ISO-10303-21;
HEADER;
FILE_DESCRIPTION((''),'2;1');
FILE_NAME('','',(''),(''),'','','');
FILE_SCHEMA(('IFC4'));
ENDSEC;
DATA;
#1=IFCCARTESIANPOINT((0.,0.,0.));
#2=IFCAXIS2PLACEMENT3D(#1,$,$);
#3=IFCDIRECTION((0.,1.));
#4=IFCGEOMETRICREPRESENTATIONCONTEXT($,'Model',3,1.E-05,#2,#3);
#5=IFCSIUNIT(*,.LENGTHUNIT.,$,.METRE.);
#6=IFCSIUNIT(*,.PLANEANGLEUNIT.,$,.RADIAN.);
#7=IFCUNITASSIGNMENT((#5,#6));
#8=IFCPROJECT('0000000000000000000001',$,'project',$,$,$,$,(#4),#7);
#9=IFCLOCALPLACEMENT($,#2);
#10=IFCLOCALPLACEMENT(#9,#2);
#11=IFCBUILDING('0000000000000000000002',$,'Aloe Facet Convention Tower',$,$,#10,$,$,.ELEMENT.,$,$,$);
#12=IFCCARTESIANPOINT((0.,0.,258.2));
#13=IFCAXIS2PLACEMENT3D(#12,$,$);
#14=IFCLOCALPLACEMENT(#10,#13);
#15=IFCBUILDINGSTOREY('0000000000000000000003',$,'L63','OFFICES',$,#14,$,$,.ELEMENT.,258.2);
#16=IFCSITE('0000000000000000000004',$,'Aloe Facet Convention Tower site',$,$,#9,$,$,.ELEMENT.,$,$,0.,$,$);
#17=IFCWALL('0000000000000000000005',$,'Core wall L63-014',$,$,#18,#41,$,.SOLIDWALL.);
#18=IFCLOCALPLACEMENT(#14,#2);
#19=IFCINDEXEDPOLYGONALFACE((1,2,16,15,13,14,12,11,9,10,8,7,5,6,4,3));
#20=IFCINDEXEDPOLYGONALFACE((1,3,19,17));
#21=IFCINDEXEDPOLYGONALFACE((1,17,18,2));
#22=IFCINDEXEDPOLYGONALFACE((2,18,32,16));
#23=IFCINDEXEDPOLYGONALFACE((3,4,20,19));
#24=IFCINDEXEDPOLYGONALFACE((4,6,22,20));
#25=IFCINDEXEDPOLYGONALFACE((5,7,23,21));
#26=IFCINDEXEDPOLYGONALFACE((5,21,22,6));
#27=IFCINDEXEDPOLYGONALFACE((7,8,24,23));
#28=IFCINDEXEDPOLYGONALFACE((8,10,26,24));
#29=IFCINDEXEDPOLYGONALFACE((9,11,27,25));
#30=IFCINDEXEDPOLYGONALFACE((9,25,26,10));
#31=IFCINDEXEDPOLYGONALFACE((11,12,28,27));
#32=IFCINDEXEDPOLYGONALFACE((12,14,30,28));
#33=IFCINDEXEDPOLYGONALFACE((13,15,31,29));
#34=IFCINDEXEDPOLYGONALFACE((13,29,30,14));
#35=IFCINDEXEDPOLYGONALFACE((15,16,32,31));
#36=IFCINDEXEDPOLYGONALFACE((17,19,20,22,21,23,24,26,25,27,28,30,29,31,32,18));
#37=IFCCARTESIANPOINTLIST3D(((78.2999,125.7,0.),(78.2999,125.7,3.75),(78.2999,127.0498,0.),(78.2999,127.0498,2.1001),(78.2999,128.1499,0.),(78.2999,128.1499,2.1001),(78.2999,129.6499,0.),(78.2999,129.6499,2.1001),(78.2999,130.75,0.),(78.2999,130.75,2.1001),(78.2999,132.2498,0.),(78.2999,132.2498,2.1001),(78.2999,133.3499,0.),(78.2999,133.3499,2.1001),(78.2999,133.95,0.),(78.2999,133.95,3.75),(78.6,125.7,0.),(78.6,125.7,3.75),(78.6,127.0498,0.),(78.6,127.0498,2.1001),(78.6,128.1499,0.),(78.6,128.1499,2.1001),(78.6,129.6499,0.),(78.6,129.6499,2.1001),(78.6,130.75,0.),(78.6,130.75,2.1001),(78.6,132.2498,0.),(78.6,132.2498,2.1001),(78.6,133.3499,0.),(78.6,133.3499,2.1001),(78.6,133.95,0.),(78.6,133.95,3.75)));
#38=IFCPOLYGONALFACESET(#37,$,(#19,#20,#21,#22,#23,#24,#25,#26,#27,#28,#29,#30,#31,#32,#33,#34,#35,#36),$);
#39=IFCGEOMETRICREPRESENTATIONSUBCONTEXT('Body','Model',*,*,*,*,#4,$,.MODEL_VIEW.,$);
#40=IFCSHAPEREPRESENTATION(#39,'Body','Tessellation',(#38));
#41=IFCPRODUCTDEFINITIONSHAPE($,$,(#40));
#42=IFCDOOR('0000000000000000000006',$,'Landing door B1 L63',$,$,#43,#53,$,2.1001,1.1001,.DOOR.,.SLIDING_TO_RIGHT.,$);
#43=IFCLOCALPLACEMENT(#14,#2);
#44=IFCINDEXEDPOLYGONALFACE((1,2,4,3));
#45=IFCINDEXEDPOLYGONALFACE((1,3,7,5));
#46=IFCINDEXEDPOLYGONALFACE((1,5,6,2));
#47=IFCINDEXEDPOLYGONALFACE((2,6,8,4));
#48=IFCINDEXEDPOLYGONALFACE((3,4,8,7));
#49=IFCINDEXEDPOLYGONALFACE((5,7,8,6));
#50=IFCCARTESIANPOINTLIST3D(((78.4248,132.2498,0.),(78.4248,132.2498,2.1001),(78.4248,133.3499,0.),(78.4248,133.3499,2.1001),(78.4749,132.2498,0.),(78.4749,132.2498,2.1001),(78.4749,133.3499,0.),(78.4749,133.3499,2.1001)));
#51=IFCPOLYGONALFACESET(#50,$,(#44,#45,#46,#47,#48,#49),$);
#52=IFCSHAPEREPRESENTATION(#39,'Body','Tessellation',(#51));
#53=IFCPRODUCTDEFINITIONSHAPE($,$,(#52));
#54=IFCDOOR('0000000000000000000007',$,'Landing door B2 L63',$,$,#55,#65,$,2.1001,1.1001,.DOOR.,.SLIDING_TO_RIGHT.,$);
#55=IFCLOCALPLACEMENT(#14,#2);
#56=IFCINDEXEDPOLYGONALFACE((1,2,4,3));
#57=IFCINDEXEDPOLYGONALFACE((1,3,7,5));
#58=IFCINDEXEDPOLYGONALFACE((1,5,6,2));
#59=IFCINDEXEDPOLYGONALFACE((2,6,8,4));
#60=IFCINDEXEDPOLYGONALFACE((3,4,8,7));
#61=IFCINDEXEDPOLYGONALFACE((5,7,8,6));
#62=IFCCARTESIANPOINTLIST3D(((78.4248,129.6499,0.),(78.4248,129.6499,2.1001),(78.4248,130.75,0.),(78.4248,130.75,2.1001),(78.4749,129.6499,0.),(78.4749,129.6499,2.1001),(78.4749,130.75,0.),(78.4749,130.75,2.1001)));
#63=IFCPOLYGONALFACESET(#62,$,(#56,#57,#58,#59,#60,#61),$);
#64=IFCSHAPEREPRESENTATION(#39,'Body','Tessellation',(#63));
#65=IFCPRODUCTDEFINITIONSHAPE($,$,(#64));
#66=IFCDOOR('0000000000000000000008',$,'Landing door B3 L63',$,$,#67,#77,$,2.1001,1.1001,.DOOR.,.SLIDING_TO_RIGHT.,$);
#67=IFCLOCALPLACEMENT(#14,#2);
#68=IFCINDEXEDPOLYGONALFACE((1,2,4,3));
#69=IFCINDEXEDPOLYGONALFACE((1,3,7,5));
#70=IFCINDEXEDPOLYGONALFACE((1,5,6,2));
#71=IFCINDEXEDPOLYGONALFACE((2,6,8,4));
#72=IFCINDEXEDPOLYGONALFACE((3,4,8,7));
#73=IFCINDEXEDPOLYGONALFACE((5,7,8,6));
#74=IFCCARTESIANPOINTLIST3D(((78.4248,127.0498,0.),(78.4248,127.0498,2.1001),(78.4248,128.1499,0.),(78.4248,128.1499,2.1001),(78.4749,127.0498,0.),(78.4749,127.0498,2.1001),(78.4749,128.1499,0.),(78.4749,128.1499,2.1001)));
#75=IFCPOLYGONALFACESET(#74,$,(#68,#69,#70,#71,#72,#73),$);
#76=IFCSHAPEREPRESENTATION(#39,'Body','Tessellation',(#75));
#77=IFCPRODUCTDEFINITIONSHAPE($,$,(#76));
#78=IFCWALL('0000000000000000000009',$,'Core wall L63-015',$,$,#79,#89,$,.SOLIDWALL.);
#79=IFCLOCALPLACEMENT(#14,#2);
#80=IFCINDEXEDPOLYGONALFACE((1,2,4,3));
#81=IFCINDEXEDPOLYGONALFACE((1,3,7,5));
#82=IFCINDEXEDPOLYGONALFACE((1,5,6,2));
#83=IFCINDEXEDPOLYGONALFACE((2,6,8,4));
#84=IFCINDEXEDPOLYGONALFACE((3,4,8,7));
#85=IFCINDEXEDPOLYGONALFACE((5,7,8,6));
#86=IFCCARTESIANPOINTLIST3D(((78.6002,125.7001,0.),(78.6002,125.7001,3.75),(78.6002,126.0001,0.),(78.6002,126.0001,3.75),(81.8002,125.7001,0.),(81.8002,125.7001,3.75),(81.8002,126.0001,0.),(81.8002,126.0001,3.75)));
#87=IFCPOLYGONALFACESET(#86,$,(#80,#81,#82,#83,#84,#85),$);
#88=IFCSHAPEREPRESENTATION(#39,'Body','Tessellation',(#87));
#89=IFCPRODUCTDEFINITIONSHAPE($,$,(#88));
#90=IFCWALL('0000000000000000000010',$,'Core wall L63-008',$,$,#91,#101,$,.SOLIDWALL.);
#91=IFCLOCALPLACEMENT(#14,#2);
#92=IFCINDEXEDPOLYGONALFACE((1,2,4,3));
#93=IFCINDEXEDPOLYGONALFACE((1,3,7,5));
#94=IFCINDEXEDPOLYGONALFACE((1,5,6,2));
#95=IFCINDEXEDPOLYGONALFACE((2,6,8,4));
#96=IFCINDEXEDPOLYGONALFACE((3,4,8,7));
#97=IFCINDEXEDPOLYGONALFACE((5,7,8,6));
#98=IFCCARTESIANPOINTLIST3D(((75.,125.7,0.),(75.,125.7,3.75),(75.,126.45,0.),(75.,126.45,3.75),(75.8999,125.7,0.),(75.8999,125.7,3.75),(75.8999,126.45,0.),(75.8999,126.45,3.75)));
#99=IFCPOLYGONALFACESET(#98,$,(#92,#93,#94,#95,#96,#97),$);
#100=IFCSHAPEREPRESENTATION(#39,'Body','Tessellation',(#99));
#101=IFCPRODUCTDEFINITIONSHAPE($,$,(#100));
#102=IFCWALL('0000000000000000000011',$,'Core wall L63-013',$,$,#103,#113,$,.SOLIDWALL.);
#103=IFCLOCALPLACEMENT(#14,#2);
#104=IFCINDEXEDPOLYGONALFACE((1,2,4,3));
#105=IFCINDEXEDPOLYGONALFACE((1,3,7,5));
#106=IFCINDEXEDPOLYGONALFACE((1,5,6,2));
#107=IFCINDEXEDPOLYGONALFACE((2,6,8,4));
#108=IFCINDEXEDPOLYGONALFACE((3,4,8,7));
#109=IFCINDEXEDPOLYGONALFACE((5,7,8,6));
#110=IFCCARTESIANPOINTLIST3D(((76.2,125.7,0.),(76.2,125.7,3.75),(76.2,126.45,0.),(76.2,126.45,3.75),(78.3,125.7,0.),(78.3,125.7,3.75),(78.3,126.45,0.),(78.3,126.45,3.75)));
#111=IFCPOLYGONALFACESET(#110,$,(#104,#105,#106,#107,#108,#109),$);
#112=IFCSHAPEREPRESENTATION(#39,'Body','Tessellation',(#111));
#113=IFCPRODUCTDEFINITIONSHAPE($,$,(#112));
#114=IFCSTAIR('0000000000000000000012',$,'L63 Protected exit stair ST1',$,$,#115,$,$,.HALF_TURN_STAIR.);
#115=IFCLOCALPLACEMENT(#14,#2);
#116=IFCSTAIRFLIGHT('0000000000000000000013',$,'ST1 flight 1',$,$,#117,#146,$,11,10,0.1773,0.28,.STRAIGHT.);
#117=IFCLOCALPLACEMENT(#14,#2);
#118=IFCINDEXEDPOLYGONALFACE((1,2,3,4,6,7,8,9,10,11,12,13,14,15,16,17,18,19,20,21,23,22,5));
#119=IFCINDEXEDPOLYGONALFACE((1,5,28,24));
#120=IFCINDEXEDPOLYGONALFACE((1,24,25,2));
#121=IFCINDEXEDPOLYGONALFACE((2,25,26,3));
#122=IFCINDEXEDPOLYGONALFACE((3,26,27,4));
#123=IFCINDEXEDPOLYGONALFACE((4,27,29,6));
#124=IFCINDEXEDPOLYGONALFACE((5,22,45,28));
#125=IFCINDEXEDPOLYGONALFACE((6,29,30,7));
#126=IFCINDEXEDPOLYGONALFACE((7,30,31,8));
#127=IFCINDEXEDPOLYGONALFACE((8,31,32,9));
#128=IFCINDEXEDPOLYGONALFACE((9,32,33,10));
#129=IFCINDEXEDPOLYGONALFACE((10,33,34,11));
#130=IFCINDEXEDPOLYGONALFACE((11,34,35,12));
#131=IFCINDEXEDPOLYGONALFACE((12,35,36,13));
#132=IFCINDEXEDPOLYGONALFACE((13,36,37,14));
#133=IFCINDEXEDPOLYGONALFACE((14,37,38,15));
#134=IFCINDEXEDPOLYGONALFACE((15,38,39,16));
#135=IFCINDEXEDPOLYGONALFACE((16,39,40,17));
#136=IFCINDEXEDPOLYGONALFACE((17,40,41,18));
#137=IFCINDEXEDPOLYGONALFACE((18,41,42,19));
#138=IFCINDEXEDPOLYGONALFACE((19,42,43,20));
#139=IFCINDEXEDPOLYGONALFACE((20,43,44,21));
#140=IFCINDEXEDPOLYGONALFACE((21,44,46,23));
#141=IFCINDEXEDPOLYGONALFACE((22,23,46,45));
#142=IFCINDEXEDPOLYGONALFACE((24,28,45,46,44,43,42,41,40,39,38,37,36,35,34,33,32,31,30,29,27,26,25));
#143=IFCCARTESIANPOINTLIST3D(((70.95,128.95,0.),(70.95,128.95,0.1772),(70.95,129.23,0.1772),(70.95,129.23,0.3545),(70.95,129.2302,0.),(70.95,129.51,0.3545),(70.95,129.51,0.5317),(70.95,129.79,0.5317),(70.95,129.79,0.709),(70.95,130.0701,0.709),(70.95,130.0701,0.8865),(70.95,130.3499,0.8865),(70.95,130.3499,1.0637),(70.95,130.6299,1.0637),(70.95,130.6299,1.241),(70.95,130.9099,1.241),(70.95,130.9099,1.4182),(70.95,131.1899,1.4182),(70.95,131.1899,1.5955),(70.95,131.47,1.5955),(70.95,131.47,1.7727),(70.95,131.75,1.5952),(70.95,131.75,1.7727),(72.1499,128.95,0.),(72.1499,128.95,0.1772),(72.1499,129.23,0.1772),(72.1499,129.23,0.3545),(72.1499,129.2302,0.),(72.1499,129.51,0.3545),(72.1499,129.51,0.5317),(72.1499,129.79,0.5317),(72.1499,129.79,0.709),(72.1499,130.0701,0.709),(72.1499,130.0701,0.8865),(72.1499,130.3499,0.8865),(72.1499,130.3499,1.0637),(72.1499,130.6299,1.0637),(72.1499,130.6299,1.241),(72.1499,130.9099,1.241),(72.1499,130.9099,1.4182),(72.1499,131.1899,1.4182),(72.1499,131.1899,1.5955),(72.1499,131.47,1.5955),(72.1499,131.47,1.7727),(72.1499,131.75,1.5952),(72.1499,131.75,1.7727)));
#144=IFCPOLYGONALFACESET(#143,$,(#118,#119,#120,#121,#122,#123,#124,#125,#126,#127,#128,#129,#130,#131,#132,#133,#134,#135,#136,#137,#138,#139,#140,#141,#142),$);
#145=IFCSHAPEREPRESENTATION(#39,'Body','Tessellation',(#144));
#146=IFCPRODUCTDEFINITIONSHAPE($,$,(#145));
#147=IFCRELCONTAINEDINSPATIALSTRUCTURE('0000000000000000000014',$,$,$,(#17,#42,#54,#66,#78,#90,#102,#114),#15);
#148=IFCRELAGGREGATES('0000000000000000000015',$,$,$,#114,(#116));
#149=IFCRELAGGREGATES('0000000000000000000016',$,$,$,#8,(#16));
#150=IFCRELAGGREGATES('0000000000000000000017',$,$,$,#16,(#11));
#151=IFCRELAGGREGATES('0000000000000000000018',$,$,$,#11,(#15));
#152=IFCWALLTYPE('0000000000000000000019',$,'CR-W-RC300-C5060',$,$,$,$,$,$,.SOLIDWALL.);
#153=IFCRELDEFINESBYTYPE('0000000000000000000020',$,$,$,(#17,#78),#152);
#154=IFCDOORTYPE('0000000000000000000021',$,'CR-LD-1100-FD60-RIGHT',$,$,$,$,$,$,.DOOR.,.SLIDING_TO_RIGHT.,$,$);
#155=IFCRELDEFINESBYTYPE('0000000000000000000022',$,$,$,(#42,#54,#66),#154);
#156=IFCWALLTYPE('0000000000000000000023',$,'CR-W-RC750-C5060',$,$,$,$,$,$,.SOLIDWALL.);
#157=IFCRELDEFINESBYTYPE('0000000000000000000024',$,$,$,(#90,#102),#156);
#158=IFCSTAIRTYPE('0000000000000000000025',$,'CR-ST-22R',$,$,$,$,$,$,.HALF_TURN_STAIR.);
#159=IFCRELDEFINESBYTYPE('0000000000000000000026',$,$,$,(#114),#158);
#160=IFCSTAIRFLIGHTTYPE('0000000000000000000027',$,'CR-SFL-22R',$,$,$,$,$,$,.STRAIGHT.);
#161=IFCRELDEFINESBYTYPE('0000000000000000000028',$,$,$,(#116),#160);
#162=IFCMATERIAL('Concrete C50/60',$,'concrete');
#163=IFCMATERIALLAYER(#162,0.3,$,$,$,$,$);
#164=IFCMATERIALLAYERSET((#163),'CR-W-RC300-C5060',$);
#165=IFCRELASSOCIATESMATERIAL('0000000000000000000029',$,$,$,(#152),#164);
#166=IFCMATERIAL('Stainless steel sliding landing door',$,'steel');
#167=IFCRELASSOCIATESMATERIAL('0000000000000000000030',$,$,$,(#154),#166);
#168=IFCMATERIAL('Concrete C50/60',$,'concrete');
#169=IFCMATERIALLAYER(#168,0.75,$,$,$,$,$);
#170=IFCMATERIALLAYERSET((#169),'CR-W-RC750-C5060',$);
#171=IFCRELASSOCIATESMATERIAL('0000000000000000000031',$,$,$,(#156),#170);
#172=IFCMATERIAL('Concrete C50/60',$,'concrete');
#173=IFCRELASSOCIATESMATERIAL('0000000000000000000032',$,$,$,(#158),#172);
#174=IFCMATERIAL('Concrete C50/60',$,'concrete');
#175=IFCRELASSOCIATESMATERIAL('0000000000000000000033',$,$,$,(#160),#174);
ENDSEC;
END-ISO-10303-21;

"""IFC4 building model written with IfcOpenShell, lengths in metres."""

from ifc_helpers import new_model, si_unit, direction, frame, frame_2d, origin, place, context, subcontext, project, spatial, polyline, rectangle, outline, extrude, material, layer, layer_set, type_object, element, fill, aggregate, save


model = new_model("IFC4")

# Units and contexts
model_context = context("Model", 3, precision=1e-05, world=origin(), true_north=direction((0.0, 1.0)))
body_context = subcontext(model_context, "Body", "Model", "MODEL_VIEW")
ifc_project = project(units=[si_unit("LENGTHUNIT", "METRE"), si_unit("PLANEANGLEUNIT", "RADIAN")], contexts=[model_context])

# Site, building, storey
site_placement = place(None, origin())
site = spatial("IfcSite", under=ifc_project, at=site_placement, Name="Aloe Facet Convention Tower site", CompositionType="ELEMENT", RefElevation=0.0)
building_placement = place(site_placement, origin())
building = spatial("IfcBuilding", under=site, at=building_placement, Name="Aloe Facet Convention Tower", CompositionType="ELEMENT")
storey_placement = place(building_placement, frame((0.0, 0.0, 258.2)))
storey = spatial("IfcBuildingStorey", under=building, at=storey_placement, Name="L63", Description="OFFICES", CompositionType="ELEMENT", Elevation=258.2)

# Shared definitions
ifc_material_1 = material(Name="Concrete C50/60", Category="concrete")
ifc_layer_1 = layer(ifc_material_1, 0.3)
ifc_layer_set_1 = layer_set([ifc_layer_1], Name="CR-W-RC300-C5060")
wall_type_1 = type_object("IfcWallType", Name="CR-W-RC300-C5060", PredefinedType="SOLIDWALL", material=ifc_layer_set_1)

# Wall, openings, doors
wall_1_placement = place(storey_placement, frame((78.45, 133.95, 0.0), z_axis=(0.0, 0.0, 1.0), x_axis=(0.0, -1.0, 0.0)))
wall_1 = element("IfcWall", 1, at=wall_1_placement, inside=storey, type_object=wall_type_1, Name="Core wall L63-014", PredefinedType="SOLIDWALL", context=body_context, shape_type="SweptSolid", body=[
    extrude(rectangle(XDim=8.25, YDim=0.3, at=frame_2d((4.125, 0.0))), origin(), (0.0, 0.0, 1.0), 3.75),
])
opening_1_placement = place(wall_1_placement, frame((0.6001, 0.0, 0.0)))
opening_1 = element("IfcOpeningElement", 2, at=opening_1_placement, cuts=wall_1, PredefinedType="OPENING", context=body_context, shape_type="SweptSolid", body=[
    extrude(rectangle(XDim=1.1001, YDim=2.1001, at=frame_2d((0.55, 1.05))), frame((0.0, 0.1602, 0.0), z_axis=(0.0, -1.0, 0.0), x_axis=(1.0, 0.0, 0.0)), (0.0, 0.0, 1.0), 0.3201),
])
opening_2_placement = place(wall_1_placement, frame((3.2, 0.0, 0.0)))
opening_2 = element("IfcOpeningElement", 3, at=opening_2_placement, cuts=wall_1, PredefinedType="OPENING", context=body_context, shape_type="SweptSolid", body=[
    extrude(rectangle(XDim=1.1001, YDim=2.1001, at=frame_2d((0.55, 1.05))), frame((0.0, 0.1602, 0.0), z_axis=(0.0, -1.0, 0.0), x_axis=(1.0, 0.0, 0.0)), (0.0, 0.0, 1.0), 0.3201),
])
opening_3_placement = place(wall_1_placement, frame((5.8, 0.0, 0.0)))
opening_3 = element("IfcOpeningElement", 4, at=opening_3_placement, cuts=wall_1, PredefinedType="OPENING", context=body_context, shape_type="SweptSolid", body=[
    extrude(rectangle(XDim=1.1001, YDim=2.1001, at=frame_2d((0.55, 1.05))), frame((0.0, 0.1602, 0.0), z_axis=(0.0, -1.0, 0.0), x_axis=(1.0, 0.0, 0.0)), (0.0, 0.0, 1.0), 0.3201),
])
ifc_material_2 = material(Name="Stainless steel sliding landing door", Category="steel")
door_type_1 = type_object("IfcDoorType", Name="CR-LD-1100-FD60-RIGHT", OperationType="SLIDING_TO_RIGHT", PredefinedType="DOOR", material=ifc_material_2)
door_1_placement = place(opening_1_placement, origin())
door_1 = element("IfcDoor", 5, at=door_1_placement, inside=storey, type_object=door_type_1, Name="Landing door B1 L63", OperationType="SLIDING_TO_RIGHT", OverallHeight=2.1001, OverallWidth=1.1001, PredefinedType="DOOR", context=body_context, shape_type="SweptSolid", body=[
    extrude(rectangle(XDim=1.1001, YDim=2.1001, at=frame_2d((0.55, 1.05))), frame((0.0, 0.0249, 0.0), z_axis=(0.0, -1.0, 0.0), x_axis=(1.0, 0.0, 0.0)), (0.0, 0.0, 1.0), 0.05),
])
fill(opening_1, door_1)
door_2_placement = place(opening_2_placement, origin())
door_2 = element("IfcDoor", 6, at=door_2_placement, inside=storey, type_object=door_type_1, Name="Landing door B2 L63", OperationType="SLIDING_TO_RIGHT", OverallHeight=2.1001, OverallWidth=1.1001, PredefinedType="DOOR", context=body_context, shape_type="SweptSolid", body=[
    extrude(rectangle(XDim=1.1001, YDim=2.1001, at=frame_2d((0.55, 1.05))), frame((0.0, 0.0249, 0.0), z_axis=(0.0, -1.0, 0.0), x_axis=(1.0, 0.0, 0.0)), (0.0, 0.0, 1.0), 0.05),
])
fill(opening_2, door_2)
door_3_placement = place(opening_3_placement, origin())
door_3 = element("IfcDoor", 7, at=door_3_placement, inside=storey, type_object=door_type_1, Name="Landing door B3 L63", OperationType="SLIDING_TO_RIGHT", OverallHeight=2.1001, OverallWidth=1.1001, PredefinedType="DOOR", context=body_context, shape_type="SweptSolid", body=[
    extrude(rectangle(XDim=1.1001, YDim=2.1001, at=frame_2d((0.55, 1.05))), frame((0.0, 0.0249, 0.0), z_axis=(0.0, -1.0, 0.0), x_axis=(1.0, 0.0, 0.0)), (0.0, 0.0, 1.0), 0.05),
])
fill(opening_3, door_3)

# Walls
wall_2_placement = place(storey_placement, frame((78.6001, 125.8501, 0.0), z_axis=(0.0, 0.0, 1.0), x_axis=(1.0, 0.0, 0.0)))
element("IfcWall", 8, at=wall_2_placement, inside=storey, type_object=wall_type_1, Name="Core wall L63-015", PredefinedType="SOLIDWALL", context=body_context, shape_type="SweptSolid", body=[
    extrude(rectangle(XDim=3.2, YDim=0.3, at=frame_2d((1.6001, 0.0))), origin(), (0.0, 0.0, 1.0), 3.75),
])
ifc_material_3 = material(Name="Concrete C50/60", Category="concrete")
ifc_layer_2 = layer(ifc_material_3, 0.75)
ifc_layer_set_2 = layer_set([ifc_layer_2], Name="CR-W-RC750-C5060")
wall_type_2 = type_object("IfcWallType", Name="CR-W-RC750-C5060", PredefinedType="SOLIDWALL", material=ifc_layer_set_2)
wall_3_placement = place(storey_placement, frame((75.0, 126.075, 0.0), z_axis=(0.0, 0.0, 1.0), x_axis=(1.0, 0.0, 0.0)))
element("IfcWall", 9, at=wall_3_placement, inside=storey, type_object=wall_type_2, Name="Core wall L63-008", PredefinedType="SOLIDWALL", context=body_context, shape_type="SweptSolid", body=[
    extrude(rectangle(XDim=0.8999, YDim=0.75, at=frame_2d((0.45, 0.0))), origin(), (0.0, 0.0, 1.0), 3.75),
])
wall_4_placement = place(storey_placement, frame((76.2, 126.075, 0.0), z_axis=(0.0, 0.0, 1.0), x_axis=(1.0, 0.0, 0.0)))
element("IfcWall", 10, at=wall_4_placement, inside=storey, type_object=wall_type_2, Name="Core wall L63-013", PredefinedType="SOLIDWALL", context=body_context, shape_type="SweptSolid", body=[
    extrude(rectangle(XDim=2.1001, YDim=0.75, at=frame_2d((1.05, 0.0))), origin(), (0.0, 0.0, 1.0), 3.75),
])

# Stair, stair flight
ifc_material_4 = material(Name="Concrete C50/60", Category="concrete")
stair_type = type_object("IfcStairType", Name="CR-ST-22R", PredefinedType="HALF_TURN_STAIR", material=ifc_material_4)
stair_1_placement = place(storey_placement, origin())
stair_1 = element("IfcStair", 11, at=stair_1_placement, inside=storey, type_object=stair_type, Name="L63 Protected exit stair ST1", PredefinedType="HALF_TURN_STAIR")
ifc_material_5 = material(Name="Concrete C50/60", Category="concrete")
stair_flight_type = type_object("IfcStairFlightType", Name="CR-SFL-22R", PredefinedType="STRAIGHT", material=ifc_material_5)
stair_flight_1_placement = place(storey_placement, frame((71.55, 128.95, 0.0), z_axis=(0.0, 0.0, 1.0), x_axis=(0.0, 1.0, 0.0)))
stair_flight_1 = element("IfcStairFlight", 12, at=stair_flight_1_placement, type_object=stair_flight_type, Name="ST1 flight 1", NumberOfRisers=11, NumberOfTreads=10, PredefinedType="STRAIGHT", RiserHeight=0.1773, TreadLength=0.28, context=body_context, shape_type="SweptSolid", body=[
    extrude(outline(polyline([(0.0, 0.0), (0.0, 0.1772), (0.28, 0.1772), (0.28, 0.3545), (0.5601, 0.3545), (0.5601, 0.5317), (0.8401, 0.5317), (0.8401, 0.709), (1.1201, 0.709), (1.1201, 0.8865), (1.3999, 0.8865), (1.3999, 1.0637), (1.6799, 1.0637), (1.6799, 1.241), (1.96, 1.241), (1.96, 1.4182), (2.24, 1.4182), (2.24, 1.5955), (2.52, 1.5955), (2.52, 1.7727), (2.8, 1.7727), (2.8, 1.95), (2.8, 1.5952), (0.2803, 0.0), (0.0, 0.0)])), frame((0.0, 0.6001, 0.0), z_axis=(0.0, -1.0, 0.0), x_axis=(1.0, 0.0, 0.0)), (0.0, 0.0, 1.0), 1.2),
])
aggregate(stair_1, [stair_flight_1])

save(model, "model.ifc")
